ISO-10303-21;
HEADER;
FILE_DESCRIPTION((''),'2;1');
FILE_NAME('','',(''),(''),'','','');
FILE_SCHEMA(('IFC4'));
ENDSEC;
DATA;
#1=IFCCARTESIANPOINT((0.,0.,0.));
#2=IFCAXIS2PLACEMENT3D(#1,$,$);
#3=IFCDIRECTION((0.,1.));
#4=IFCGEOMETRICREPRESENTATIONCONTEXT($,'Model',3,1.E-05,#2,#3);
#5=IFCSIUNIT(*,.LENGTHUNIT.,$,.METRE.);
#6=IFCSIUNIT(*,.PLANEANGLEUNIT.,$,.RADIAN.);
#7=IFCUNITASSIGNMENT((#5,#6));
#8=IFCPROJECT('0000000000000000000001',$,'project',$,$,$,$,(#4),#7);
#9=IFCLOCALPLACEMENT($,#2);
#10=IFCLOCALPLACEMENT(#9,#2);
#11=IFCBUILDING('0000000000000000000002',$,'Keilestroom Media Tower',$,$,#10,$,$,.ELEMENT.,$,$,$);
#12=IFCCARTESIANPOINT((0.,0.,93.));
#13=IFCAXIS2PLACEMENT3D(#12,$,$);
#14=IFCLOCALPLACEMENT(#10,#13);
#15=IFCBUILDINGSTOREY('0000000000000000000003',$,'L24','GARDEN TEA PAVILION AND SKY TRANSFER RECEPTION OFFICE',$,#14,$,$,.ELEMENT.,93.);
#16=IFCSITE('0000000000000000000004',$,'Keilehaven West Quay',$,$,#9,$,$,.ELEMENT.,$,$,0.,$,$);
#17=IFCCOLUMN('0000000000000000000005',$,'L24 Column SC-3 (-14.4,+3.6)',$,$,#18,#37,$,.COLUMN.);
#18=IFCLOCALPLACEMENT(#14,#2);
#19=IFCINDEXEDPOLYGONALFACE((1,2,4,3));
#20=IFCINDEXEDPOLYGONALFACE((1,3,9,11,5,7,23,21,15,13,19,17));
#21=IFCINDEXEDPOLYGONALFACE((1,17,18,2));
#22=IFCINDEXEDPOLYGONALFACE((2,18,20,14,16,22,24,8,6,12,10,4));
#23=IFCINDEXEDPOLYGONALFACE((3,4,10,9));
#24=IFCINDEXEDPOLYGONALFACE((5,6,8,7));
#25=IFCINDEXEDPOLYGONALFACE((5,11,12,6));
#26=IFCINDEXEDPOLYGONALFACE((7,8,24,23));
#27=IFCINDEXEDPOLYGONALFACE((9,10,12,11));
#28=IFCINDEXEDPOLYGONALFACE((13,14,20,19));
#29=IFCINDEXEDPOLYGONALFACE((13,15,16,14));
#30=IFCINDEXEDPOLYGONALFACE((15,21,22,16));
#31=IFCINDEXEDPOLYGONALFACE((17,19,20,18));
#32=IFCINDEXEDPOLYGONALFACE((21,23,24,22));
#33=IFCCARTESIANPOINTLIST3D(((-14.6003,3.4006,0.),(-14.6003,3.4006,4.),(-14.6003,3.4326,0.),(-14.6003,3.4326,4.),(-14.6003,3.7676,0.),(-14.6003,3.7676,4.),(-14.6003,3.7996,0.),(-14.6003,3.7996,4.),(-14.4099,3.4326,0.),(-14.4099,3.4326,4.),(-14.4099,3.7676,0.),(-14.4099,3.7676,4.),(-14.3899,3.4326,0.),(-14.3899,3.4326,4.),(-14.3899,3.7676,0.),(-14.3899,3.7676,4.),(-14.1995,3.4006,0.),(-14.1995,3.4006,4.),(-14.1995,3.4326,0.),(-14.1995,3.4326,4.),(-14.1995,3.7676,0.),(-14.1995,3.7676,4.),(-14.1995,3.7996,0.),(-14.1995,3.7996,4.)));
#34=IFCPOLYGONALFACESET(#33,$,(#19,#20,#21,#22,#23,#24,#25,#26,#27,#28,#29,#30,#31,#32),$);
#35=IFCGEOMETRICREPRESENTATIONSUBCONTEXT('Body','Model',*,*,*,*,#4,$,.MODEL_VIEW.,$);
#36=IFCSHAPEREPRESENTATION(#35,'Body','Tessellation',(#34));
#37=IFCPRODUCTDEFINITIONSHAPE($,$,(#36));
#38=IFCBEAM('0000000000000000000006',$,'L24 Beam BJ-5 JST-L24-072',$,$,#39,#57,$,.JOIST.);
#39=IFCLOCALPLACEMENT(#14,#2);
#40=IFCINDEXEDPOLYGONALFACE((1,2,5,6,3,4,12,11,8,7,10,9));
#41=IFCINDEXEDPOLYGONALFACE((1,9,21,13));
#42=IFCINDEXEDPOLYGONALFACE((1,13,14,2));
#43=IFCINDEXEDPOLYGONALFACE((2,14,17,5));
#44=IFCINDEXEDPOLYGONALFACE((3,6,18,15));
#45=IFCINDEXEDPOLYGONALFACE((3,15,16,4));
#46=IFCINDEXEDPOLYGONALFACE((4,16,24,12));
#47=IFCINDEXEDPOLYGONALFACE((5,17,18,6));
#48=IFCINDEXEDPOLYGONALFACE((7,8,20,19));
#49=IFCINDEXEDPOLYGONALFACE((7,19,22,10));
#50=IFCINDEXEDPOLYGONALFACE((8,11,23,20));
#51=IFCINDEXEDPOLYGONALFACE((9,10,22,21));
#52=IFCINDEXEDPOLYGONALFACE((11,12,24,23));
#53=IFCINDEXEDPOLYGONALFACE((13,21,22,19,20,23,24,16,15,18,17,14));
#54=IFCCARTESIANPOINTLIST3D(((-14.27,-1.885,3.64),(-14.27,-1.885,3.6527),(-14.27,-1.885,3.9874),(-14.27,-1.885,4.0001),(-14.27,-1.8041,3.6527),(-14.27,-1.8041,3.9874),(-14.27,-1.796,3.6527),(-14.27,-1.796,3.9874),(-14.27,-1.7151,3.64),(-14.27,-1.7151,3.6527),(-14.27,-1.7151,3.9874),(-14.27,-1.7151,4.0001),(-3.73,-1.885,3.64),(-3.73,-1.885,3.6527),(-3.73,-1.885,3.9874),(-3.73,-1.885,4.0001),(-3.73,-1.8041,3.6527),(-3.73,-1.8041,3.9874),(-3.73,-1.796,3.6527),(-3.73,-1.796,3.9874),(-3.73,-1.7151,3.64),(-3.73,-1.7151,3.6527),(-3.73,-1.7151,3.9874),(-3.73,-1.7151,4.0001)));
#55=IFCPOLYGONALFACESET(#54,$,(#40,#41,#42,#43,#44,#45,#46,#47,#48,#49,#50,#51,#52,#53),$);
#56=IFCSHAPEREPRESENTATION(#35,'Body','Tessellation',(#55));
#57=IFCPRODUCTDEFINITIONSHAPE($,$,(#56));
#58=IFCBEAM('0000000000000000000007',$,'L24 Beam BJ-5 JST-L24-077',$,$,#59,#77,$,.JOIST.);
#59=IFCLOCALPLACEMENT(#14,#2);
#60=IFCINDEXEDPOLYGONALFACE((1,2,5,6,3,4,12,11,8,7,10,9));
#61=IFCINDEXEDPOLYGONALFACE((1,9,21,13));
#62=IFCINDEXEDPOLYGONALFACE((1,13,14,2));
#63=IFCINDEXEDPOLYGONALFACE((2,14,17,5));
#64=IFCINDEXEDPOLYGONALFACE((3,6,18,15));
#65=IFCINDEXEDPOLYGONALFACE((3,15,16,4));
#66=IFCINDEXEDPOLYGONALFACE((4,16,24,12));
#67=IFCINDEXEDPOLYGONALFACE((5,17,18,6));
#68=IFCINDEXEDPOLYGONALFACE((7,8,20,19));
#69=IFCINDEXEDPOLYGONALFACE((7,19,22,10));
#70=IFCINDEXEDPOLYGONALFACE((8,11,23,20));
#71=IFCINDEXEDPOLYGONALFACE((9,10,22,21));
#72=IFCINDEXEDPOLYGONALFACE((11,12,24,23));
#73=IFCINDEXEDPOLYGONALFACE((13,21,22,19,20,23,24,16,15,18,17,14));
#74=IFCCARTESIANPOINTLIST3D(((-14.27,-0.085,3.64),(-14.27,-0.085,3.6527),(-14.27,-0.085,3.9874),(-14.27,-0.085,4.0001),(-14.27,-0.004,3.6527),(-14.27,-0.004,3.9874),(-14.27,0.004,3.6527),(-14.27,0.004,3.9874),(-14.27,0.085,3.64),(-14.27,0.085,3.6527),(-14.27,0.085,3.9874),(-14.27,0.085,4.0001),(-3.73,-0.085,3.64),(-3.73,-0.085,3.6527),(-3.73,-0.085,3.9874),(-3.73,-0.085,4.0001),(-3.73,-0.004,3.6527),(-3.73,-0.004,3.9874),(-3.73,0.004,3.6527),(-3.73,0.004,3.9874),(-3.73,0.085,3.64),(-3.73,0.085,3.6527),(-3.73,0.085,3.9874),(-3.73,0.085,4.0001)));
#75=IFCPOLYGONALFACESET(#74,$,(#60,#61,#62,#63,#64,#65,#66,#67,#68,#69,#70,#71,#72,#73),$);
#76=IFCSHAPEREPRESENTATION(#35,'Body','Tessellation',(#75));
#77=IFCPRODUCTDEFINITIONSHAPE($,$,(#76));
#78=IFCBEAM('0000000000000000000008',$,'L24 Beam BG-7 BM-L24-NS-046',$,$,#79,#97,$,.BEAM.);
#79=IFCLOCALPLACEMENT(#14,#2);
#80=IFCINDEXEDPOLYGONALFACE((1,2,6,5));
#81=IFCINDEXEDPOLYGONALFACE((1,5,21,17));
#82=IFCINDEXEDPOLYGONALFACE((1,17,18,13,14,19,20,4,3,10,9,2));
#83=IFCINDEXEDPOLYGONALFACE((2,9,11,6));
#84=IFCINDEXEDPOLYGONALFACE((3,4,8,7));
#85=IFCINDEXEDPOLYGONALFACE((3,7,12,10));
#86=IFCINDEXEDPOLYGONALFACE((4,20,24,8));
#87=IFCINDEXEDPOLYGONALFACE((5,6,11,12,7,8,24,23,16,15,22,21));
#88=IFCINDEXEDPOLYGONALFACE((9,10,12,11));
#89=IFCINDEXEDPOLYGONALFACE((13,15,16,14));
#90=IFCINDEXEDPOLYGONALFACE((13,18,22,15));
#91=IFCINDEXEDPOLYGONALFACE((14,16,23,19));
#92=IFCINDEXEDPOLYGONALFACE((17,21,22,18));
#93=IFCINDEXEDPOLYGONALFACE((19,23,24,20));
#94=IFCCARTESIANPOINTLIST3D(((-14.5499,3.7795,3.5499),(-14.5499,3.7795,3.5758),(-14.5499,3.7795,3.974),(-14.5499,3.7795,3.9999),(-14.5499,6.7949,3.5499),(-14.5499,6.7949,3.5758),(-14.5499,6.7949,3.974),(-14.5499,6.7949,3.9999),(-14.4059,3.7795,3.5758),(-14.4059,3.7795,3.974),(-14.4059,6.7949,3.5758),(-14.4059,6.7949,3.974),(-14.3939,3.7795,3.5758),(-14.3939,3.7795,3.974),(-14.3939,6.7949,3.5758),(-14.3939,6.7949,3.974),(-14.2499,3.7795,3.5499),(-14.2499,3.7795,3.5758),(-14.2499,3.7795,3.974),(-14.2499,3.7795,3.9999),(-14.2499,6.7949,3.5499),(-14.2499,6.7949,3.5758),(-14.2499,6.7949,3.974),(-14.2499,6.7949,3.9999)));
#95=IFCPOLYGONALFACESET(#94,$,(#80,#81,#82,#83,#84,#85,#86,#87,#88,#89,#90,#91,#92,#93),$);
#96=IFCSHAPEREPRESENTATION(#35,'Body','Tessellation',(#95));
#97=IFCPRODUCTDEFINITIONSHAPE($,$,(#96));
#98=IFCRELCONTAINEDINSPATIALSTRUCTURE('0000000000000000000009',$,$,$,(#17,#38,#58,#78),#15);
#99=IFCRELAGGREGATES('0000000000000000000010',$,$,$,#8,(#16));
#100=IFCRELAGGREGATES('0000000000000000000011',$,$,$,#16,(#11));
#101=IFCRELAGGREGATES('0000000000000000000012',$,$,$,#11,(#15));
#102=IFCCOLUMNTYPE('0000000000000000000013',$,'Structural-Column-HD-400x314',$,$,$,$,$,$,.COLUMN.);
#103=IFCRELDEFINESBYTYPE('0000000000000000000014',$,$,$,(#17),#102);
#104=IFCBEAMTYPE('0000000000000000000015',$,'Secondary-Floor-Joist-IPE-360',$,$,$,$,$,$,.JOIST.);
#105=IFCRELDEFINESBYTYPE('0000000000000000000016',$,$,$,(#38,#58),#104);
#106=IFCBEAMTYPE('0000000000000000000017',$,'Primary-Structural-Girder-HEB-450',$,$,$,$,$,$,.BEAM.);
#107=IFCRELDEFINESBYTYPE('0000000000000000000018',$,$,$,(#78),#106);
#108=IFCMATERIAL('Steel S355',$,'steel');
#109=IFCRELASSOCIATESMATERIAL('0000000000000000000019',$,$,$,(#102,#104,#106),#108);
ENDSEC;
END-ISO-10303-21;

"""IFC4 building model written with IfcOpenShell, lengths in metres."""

from ifc_helpers import new_model, si_unit, direction, frame, origin, origin_2d, place, context, subcontext, project, spatial, i_section, extrude, source, transform, mapped, material, material_profile, profile_set, type_object, element, save


model = new_model("IFC4")

# Units and contexts
model_context = context("Model", 3, precision=1e-05, world=origin(), true_north=direction((0.0, 1.0)))
body_context = subcontext(model_context, "Body", "Model", "MODEL_VIEW")
ifc_project = project(units=[si_unit("LENGTHUNIT", "METRE"), si_unit("PLANEANGLEUNIT", "RADIAN")], contexts=[model_context])

# Site, building, storey
site_placement = place(None, origin())
site = spatial("IfcSite", under=ifc_project, at=site_placement, Name="Keilehaven West Quay", CompositionType="ELEMENT", RefElevation=0.0)
building_placement = place(site_placement, origin())
building = spatial("IfcBuilding", under=site, at=building_placement, Name="Keilestroom Media Tower", CompositionType="ELEMENT")
storey_placement = place(building_placement, frame((0.0, 0.0, 93.0)))
storey = spatial("IfcBuildingStorey", under=building, at=storey_placement, Name="L24", Description="GARDEN TEA PAVILION AND SKY TRANSFER RECEPTION OFFICE", CompositionType="ELEMENT", Elevation=93.0)

# Column
ifc_material_1 = material(Name="Steel S355", Category="steel")
ifc_material_profile_1 = material_profile(ifc_material_1, i_section(OverallWidth=0.4009, OverallDepth=0.3989, WebThickness=0.02, FlangeThickness=0.032, at=origin_2d()), Name="HD 400x314")
ifc_profile_set_1 = profile_set([ifc_material_profile_1], Name="Steel S355")
column_type = type_object("IfcColumnType", Name="Structural-Column-HD-400x314", PredefinedType="COLUMN", material=ifc_profile_set_1)
shared_shape_1 = source(origin(), body_context, "Body", "SweptSolid", [
    extrude(i_section(OverallWidth=0.4009, OverallDepth=0.3989, WebThickness=0.02, FlangeThickness=0.032, at=origin_2d()), origin(), (0.0, 0.0, 1.0), 4.0),
])
column_placement = place(storey_placement, frame((-14.3999, 3.6001, 0.0), z_axis=(0.0, 0.0, 1.0), x_axis=(1.0, 0.0, 0.0)))
element("IfcColumn", 1, at=column_placement, inside=storey, type_object=column_type, Name="L24 Column SC-3 (-14.4,+3.6)", PredefinedType="COLUMN", context=body_context, shape_type="MappedRepresentation", body=[
    mapped(shared_shape_1, transform((0.0, 0.0, 0.0), x_axis=(1.0, 0.0, 0.0), y_axis=(0.0, 1.0, 0.0), z_axis=(0.0, 0.0, 1.0), scale=1.0)),
])

# Beams
ifc_material_profile_2 = material_profile(ifc_material_1, i_section(OverallWidth=0.1699, OverallDepth=0.3601, WebThickness=0.0081, FlangeThickness=0.0127, at=origin_2d()), Name="IPE 360")
ifc_profile_set_2 = profile_set([ifc_material_profile_2], Name="Steel S355")
beam_type_1 = type_object("IfcBeamType", Name="Secondary-Floor-Joist-IPE-360", PredefinedType="JOIST", material=ifc_profile_set_2)
shared_shape_2 = source(origin(), body_context, "Body", "SweptSolid", [
    extrude(i_section(OverallWidth=0.1699, OverallDepth=0.3601, WebThickness=0.0081, FlangeThickness=0.0127, at=origin_2d()), origin(), (0.0, 0.0, 1.0), 10.54),
])
for number, where, z_axis, x_axis, name in (
    (2, (-14.27, -1.8, 3.8201), (1.0, 0.0, 0.0), (0.0, 1.0, 0.0), "L24 Beam BJ-5 JST-L24-072"),
    (3, (-14.27, 0.0, 3.8201), (1.0, 0.0, 0.0), (0.0, 1.0, 0.0), "L24 Beam BJ-5 JST-L24-077"),
):
    element("IfcBeam", number, at=place(storey_placement, frame(where, z_axis=z_axis, x_axis=x_axis)), inside=storey, type_object=beam_type_1, Name=name, PredefinedType="JOIST", context=body_context, shape_type="MappedRepresentation", body=[
        mapped(shared_shape_2, transform((0.0, 0.0, 0.0), x_axis=(1.0, 0.0, 0.0), y_axis=(0.0, 1.0, 0.0), z_axis=(0.0, 0.0, 1.0), scale=1.0)),
    ])
ifc_material_profile_3 = material_profile(ifc_material_1, i_section(OverallWidth=0.3, OverallDepth=0.45, WebThickness=0.012, FlangeThickness=0.0259, at=origin_2d()), Name="HEB 450")
ifc_profile_set_3 = profile_set([ifc_material_profile_3], Name="Steel S355")
beam_type_2 = type_object("IfcBeamType", Name="Primary-Structural-Girder-HEB-450", PredefinedType="BEAM", material=ifc_profile_set_3)
shared_shape_3 = source(origin(), body_context, "Body", "SweptSolid", [
    extrude(i_section(OverallWidth=0.3, OverallDepth=0.45, WebThickness=0.012, FlangeThickness=0.0259, at=origin_2d()), origin(), (0.0, 0.0, 1.0), 3.0154),
])
beam_placement = place(storey_placement, frame((-14.3999, 3.7795, 3.7749), z_axis=(0.0, 1.0, 0.0), x_axis=(-1.0, 0.0, 0.0)))
element("IfcBeam", 4, at=beam_placement, inside=storey, type_object=beam_type_2, Name="L24 Beam BG-7 BM-L24-NS-046", PredefinedType="BEAM", context=body_context, shape_type="MappedRepresentation", body=[
    mapped(shared_shape_3, transform((0.0, 0.0, 0.0), x_axis=(1.0, 0.0, 0.0), y_axis=(0.0, 1.0, 0.0), z_axis=(0.0, 0.0, 1.0), scale=1.0)),
])

save(model, "model.ifc")
